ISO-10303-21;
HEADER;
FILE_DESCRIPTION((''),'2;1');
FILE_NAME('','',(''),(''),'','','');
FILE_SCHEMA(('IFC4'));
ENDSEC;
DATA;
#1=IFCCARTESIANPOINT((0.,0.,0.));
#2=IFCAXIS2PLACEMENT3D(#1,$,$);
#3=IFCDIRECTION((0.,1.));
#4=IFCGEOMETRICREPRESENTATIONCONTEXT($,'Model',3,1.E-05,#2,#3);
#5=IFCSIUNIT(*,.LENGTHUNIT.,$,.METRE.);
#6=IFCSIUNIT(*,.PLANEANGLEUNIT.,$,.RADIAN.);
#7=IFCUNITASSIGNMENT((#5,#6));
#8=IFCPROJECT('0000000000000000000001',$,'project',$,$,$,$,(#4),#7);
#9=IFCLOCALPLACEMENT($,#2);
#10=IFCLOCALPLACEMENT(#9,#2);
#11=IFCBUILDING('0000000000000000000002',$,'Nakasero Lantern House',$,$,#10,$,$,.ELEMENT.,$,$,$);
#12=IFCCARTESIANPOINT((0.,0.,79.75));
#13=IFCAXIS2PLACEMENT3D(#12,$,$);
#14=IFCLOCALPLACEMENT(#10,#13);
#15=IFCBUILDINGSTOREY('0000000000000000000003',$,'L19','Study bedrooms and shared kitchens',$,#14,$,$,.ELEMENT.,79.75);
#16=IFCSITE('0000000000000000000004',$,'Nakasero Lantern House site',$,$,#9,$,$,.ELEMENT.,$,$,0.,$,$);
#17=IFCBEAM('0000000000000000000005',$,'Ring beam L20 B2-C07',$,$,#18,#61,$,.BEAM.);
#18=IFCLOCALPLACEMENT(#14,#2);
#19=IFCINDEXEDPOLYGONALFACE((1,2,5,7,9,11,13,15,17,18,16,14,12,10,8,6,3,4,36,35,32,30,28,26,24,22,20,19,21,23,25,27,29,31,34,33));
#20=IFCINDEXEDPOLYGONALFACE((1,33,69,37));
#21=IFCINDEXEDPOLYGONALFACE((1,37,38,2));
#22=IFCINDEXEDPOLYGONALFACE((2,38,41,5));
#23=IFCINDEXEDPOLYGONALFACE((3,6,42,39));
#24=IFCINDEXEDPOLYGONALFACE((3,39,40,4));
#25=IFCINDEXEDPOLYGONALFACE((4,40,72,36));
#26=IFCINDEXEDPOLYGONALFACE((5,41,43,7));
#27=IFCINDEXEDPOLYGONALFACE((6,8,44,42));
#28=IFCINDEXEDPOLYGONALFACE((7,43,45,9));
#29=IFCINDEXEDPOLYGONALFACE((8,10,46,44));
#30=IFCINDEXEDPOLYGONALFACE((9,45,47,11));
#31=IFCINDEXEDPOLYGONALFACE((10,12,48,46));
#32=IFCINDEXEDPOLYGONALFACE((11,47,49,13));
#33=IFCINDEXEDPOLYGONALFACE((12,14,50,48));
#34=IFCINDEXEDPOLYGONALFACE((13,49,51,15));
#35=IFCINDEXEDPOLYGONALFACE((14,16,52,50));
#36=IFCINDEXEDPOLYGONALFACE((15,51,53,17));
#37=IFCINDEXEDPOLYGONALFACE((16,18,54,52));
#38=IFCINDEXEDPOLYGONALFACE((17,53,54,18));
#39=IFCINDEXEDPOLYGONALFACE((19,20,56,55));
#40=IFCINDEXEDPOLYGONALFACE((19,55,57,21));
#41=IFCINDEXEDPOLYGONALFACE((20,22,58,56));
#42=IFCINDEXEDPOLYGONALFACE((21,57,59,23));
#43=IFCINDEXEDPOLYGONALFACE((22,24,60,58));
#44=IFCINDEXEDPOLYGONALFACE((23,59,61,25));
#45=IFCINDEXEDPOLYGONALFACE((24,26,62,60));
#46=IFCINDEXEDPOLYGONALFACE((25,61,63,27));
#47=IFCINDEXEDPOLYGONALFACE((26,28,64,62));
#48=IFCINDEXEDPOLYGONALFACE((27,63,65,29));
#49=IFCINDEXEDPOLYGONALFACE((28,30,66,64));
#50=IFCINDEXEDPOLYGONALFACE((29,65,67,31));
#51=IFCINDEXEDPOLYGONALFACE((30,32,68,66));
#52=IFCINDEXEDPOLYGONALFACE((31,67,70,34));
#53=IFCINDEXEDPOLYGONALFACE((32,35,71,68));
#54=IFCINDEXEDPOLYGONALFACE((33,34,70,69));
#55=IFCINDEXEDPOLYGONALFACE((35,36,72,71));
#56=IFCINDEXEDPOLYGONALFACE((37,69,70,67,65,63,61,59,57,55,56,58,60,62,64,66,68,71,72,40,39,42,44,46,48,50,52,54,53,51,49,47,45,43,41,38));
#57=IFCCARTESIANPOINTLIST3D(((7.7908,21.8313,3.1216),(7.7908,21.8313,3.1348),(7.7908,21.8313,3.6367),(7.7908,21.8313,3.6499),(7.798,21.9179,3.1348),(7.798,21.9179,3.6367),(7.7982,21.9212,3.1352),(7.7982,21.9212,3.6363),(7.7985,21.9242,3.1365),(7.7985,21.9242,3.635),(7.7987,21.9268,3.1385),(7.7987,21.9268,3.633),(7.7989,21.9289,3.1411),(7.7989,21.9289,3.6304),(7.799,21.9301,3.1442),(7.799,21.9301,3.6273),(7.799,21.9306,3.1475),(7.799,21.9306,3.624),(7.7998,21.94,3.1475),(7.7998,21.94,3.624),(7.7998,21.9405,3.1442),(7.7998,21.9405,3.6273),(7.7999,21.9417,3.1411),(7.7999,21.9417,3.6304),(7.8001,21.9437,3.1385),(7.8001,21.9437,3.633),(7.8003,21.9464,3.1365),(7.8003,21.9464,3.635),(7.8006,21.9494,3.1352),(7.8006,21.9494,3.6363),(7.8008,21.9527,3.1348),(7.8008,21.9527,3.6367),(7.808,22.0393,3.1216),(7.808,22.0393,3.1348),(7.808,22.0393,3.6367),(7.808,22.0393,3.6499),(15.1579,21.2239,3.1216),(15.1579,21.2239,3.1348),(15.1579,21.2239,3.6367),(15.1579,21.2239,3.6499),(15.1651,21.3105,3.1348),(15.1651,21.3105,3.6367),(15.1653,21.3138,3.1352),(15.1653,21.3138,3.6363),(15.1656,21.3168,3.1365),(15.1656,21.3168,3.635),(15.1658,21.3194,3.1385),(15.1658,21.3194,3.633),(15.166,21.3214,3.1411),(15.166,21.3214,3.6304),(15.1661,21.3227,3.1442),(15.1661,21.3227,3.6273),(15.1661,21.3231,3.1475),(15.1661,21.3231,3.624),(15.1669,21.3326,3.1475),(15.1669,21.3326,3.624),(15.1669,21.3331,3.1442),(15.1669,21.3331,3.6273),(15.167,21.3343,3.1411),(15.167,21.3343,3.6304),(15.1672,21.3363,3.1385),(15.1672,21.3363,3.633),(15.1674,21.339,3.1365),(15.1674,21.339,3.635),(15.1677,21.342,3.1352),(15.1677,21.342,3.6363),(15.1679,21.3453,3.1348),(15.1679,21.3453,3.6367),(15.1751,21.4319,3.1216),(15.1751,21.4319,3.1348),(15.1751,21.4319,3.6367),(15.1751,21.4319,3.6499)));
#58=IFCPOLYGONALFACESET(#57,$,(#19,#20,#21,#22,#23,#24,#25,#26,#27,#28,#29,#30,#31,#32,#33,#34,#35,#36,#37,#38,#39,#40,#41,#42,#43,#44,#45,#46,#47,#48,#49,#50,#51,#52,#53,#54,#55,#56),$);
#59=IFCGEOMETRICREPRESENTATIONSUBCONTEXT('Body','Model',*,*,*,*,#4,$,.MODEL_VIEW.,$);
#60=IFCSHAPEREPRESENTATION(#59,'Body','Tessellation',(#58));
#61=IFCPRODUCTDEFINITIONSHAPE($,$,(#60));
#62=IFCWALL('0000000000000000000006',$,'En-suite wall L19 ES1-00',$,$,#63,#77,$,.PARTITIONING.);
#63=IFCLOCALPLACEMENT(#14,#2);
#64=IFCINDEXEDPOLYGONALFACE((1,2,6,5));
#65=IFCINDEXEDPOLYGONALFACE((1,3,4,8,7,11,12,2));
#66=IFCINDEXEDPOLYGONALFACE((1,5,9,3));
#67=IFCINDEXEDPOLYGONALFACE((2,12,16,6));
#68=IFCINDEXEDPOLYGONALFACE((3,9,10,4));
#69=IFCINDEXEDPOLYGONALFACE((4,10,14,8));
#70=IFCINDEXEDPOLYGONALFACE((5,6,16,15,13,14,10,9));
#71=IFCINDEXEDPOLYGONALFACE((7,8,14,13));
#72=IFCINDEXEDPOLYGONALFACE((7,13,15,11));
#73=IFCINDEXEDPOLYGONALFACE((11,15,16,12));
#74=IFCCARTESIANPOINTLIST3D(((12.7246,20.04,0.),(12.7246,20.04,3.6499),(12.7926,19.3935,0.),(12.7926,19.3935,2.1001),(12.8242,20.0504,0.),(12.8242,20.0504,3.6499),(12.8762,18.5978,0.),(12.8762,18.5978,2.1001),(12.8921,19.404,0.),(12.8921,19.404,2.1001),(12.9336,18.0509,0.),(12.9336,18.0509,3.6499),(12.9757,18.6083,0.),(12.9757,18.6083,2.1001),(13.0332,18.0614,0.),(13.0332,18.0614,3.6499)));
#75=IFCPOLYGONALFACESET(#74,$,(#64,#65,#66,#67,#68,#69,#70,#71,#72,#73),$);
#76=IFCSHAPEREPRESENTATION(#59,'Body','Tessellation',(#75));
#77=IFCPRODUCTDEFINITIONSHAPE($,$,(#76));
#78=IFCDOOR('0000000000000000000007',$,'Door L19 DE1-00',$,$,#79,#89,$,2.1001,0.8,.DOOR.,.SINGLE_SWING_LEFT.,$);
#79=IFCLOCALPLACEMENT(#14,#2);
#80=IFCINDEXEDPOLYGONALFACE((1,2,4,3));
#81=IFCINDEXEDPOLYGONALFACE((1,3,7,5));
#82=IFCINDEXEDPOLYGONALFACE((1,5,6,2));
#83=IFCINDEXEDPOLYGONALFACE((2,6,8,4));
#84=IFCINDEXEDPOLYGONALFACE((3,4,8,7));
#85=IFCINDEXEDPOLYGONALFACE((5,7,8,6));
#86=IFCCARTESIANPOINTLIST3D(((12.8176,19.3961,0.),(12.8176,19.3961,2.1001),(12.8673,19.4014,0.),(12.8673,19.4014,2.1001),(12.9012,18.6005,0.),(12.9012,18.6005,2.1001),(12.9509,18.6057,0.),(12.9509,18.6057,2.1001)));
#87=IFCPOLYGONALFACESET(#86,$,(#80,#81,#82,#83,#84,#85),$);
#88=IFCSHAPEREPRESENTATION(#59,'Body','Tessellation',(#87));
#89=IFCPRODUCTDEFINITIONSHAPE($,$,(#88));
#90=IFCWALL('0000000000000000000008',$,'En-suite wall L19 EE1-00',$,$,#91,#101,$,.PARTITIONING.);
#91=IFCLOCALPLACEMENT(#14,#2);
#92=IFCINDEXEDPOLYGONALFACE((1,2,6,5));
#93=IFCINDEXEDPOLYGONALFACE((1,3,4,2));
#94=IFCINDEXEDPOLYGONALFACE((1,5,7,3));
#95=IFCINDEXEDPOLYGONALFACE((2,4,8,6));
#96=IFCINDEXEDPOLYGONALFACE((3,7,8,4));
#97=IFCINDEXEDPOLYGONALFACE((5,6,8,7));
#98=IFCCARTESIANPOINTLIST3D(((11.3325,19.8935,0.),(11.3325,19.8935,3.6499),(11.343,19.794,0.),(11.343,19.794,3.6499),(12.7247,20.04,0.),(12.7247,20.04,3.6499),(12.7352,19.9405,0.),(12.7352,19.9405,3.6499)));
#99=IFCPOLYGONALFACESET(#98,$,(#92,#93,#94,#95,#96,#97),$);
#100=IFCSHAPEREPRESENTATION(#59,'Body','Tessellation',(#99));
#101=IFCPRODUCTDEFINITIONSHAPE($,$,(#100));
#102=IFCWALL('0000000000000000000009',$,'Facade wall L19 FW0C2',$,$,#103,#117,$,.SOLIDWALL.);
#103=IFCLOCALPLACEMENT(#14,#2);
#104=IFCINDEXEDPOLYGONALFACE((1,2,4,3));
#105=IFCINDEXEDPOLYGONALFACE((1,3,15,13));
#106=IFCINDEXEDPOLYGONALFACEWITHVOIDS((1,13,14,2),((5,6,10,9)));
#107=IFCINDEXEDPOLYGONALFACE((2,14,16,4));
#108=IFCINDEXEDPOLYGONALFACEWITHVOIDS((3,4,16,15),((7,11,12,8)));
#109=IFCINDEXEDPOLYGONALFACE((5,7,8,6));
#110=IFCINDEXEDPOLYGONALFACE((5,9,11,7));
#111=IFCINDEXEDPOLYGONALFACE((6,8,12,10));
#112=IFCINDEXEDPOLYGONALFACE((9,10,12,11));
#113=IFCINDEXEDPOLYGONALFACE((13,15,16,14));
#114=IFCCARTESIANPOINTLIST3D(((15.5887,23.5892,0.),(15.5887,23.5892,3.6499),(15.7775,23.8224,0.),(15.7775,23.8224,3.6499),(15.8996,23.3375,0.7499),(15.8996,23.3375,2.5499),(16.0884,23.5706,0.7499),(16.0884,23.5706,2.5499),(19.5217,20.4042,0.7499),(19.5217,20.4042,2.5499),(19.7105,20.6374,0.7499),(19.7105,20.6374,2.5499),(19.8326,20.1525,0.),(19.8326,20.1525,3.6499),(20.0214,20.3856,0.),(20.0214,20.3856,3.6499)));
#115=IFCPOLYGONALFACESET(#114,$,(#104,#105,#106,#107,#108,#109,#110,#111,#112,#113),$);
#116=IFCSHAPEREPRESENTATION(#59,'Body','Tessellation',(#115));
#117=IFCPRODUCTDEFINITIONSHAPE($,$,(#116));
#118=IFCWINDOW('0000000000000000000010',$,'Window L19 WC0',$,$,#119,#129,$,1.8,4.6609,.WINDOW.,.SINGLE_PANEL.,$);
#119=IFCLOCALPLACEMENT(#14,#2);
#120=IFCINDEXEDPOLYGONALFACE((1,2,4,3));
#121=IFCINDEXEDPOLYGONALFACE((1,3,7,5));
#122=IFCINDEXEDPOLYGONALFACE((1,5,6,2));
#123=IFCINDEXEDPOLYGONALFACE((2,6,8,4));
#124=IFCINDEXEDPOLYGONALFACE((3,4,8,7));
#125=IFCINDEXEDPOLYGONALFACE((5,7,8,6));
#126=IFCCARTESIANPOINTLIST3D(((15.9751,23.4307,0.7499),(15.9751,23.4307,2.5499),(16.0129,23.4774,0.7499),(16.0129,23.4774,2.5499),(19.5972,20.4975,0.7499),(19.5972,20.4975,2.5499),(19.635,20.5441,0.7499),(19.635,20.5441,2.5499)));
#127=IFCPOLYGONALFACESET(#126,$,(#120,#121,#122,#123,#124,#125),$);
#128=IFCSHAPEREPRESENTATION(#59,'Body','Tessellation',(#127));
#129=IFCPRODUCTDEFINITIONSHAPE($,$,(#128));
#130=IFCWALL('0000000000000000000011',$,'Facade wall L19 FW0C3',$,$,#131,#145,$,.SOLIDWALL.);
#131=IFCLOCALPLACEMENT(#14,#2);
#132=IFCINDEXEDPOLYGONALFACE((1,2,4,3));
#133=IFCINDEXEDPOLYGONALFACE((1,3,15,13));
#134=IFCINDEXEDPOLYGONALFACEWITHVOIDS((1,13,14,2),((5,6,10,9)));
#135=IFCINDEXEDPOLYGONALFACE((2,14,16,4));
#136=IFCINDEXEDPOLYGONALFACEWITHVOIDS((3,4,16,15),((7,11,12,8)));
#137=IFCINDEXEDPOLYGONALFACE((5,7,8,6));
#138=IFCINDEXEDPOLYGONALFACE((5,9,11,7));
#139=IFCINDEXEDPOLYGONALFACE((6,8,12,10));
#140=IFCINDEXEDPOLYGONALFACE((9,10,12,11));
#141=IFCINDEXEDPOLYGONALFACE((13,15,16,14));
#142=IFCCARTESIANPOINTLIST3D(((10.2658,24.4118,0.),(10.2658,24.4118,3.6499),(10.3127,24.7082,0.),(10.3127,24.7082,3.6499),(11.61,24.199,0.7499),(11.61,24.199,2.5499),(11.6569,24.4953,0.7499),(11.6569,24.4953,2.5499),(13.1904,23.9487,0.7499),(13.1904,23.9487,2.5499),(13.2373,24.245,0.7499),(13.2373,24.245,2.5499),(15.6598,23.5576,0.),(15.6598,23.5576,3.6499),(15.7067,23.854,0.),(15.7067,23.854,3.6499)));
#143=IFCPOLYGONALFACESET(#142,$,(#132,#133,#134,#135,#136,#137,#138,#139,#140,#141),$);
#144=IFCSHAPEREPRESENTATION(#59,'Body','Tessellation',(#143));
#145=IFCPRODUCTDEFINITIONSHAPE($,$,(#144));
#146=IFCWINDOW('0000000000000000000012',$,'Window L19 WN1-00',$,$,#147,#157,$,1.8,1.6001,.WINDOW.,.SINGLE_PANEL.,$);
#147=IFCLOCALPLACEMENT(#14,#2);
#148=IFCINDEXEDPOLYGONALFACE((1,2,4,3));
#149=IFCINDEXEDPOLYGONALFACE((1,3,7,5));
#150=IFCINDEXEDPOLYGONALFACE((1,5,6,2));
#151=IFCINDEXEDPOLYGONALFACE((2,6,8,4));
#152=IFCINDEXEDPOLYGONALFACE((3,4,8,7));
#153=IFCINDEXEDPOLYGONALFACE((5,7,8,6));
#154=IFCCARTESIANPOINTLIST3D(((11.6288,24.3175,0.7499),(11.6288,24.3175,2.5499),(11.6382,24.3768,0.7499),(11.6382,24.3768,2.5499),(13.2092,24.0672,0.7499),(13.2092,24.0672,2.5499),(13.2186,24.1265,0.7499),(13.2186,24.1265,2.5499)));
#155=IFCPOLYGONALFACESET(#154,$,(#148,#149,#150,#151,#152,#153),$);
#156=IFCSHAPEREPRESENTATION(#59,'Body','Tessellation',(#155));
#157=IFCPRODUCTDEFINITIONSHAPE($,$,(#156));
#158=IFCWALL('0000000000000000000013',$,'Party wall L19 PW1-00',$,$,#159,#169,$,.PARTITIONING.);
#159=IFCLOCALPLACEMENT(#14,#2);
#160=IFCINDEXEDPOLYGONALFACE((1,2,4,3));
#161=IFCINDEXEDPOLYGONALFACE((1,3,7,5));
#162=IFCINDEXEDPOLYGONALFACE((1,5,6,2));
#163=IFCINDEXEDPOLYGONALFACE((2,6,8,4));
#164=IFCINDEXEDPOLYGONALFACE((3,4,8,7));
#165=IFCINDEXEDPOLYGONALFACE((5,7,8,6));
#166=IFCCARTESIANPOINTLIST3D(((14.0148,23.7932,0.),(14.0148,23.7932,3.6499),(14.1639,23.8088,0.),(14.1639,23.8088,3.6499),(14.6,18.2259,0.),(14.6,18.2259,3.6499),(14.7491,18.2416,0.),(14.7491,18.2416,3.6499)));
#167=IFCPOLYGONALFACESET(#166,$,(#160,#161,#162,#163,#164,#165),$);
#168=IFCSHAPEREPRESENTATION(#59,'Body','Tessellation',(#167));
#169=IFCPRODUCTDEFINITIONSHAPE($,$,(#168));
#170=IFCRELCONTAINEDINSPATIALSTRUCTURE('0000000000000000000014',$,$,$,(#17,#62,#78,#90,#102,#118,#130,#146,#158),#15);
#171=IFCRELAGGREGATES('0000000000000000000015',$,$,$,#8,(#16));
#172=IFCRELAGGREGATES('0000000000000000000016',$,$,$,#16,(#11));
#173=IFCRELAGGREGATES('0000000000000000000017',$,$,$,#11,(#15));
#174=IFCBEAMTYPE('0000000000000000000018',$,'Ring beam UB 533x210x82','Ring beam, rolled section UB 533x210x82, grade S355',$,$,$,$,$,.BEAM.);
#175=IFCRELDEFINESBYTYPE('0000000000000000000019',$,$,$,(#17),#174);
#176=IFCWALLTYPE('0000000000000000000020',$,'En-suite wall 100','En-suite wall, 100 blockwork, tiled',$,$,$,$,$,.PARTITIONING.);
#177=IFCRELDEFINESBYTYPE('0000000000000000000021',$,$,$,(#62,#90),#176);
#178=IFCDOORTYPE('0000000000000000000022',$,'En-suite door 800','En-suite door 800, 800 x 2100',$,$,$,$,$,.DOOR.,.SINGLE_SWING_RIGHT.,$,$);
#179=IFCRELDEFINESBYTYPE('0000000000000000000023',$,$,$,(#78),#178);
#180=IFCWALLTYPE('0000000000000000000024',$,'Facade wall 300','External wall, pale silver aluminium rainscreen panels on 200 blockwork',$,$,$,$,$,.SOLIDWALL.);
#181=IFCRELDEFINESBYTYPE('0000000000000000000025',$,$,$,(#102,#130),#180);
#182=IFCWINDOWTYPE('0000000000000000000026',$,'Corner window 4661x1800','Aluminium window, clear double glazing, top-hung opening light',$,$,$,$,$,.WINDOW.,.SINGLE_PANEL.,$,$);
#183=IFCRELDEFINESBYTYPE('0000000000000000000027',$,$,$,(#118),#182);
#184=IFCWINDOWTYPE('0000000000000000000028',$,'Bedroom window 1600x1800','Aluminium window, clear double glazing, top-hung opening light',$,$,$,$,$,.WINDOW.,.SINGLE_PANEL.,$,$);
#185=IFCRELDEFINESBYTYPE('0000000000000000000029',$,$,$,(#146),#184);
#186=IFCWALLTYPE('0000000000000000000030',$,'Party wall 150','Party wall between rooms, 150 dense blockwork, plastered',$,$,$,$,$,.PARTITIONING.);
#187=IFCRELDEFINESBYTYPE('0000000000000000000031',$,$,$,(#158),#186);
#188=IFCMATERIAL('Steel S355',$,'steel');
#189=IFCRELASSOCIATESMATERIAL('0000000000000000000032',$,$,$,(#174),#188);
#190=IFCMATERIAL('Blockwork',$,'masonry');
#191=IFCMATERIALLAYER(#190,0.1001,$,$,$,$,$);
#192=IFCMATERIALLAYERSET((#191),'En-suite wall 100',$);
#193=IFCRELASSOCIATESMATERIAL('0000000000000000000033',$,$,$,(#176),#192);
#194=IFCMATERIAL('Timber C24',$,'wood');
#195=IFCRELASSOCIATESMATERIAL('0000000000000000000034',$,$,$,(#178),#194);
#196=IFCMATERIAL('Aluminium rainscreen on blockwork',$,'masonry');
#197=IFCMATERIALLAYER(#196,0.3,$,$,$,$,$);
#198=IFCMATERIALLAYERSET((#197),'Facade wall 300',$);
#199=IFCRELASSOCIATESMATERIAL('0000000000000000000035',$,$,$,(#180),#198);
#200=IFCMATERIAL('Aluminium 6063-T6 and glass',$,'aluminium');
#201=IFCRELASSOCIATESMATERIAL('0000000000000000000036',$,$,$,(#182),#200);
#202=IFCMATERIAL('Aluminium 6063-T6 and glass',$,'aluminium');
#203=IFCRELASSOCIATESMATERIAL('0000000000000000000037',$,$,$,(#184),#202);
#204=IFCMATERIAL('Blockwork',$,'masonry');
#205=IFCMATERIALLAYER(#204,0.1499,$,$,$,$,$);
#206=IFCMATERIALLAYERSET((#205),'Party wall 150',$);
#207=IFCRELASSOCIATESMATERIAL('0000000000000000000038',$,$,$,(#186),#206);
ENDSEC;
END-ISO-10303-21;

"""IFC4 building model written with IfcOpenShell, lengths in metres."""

from ifc_helpers import new_model, si_unit, direction, frame, frame_2d, origin, origin_2d, place, context, subcontext, project, spatial, rectangle, i_section, extrude, material, layer, layer_set, material_profile, profile_set, type_object, element, fill, save


model = new_model("IFC4")

# Units and contexts
model_context = context("Model", 3, precision=1e-05, world=origin(), true_north=direction((0.0, 1.0)))
body_context = subcontext(model_context, "Body", "Model", "MODEL_VIEW")
ifc_project = project(units=[si_unit("LENGTHUNIT", "METRE"), si_unit("PLANEANGLEUNIT", "RADIAN")], contexts=[model_context])

# Site, building, storey
site_placement = place(None, origin())
site = spatial("IfcSite", under=ifc_project, at=site_placement, Name="Nakasero Lantern House site", CompositionType="ELEMENT", RefElevation=0.0)
building_placement = place(site_placement, origin())
building = spatial("IfcBuilding", under=site, at=building_placement, Name="Nakasero Lantern House", CompositionType="ELEMENT")
storey_placement = place(building_placement, frame((0.0, 0.0, 79.75)))
storey = spatial("IfcBuildingStorey", under=building, at=storey_placement, Name="L19", Description="Study bedrooms and shared kitchens", CompositionType="ELEMENT", Elevation=79.75)

# Beam
ifc_material_1 = material(Name="Steel S355", Category="steel")
ifc_material_profile_1 = material_profile(ifc_material_1, i_section(OverallWidth=0.2087, OverallDepth=0.5283, WebThickness=0.0095, FlangeThickness=0.0132, FilletRadius=0.0127, at=origin_2d()), Name="UB 533x210x82")
ifc_profile_set_1 = profile_set([ifc_material_profile_1], Name="Steel S355")
beam_type_1 = type_object("IfcBeamType", Name="Ring beam UB 533x210x82", Description="Ring beam, rolled section UB 533x210x82, grade S355", PredefinedType="BEAM", material=ifc_profile_set_1)
beam_1_placement = place(storey_placement, frame((15.1665, 21.3279, 3.3857), z_axis=(-0.996618, 0.082171, 0.0), x_axis=(-0.082171, -0.996618, 0.0)))
element("IfcBeam", 1, at=beam_1_placement, inside=storey, type_object=beam_type_1, Name="Ring beam L20 B2-C07", PredefinedType="BEAM", context=body_context, shape_type="SweptSolid", body=[
    extrude(i_section(OverallWidth=0.2087, OverallDepth=0.5283, WebThickness=0.0095, FlangeThickness=0.0132, FilletRadius=0.0127, at=origin_2d()), origin(), (0.0, 0.0, 1.0), 7.3921),
])

# Wall, opening, door
ifc_material_2 = material(Name="Blockwork", Category="masonry")
ifc_layer_1 = layer(ifc_material_2, 0.1001)
ifc_layer_set_1 = layer_set([ifc_layer_1], Name="En-suite wall 100")
wall_type_1 = type_object("IfcWallType", Name="En-suite wall 100", Description="En-suite wall, 100 blockwork, tiled", PredefinedType="PARTITIONING", material=ifc_layer_set_1)
wall_1_placement = place(storey_placement, frame((12.9834, 18.0562, 0.0), z_axis=(0.0, 0.0, 1.0), x_axis=(-0.104494, 0.994526, 0.0)))
wall_1 = element("IfcWall", 2, at=wall_1_placement, inside=storey, type_object=wall_type_1, Name="En-suite wall L19 ES1-00", PredefinedType="PARTITIONING", context=body_context, shape_type="SweptSolid", body=[
    extrude(rectangle(XDim=2.0, YDim=0.1001, at=frame_2d((1.0, 0.0))), origin(), (0.0, 0.0, 1.0), 3.6499),
])
opening_1_placement = place(wall_1_placement, frame((0.55, 0.0, 0.0)))
opening_1 = element("IfcOpeningElement", 3, at=opening_1_placement, cuts=wall_1, PredefinedType="OPENING", context=body_context, shape_type="SweptSolid", body=[
    extrude(rectangle(XDim=0.8, YDim=2.1001, at=frame_2d((0.3999, 1.05))), frame((0.0, 0.0701, 0.0), z_axis=(0.0, -1.0, 0.0), x_axis=(1.0, 0.0, 0.0)), (0.0, 0.0, 1.0), 0.1401),
])
ifc_material_3 = material(Name="Timber C24", Category="wood")
door_type_1 = type_object("IfcDoorType", Name="En-suite door 800", Description="En-suite door 800, 800 x 2100", OperationType="SINGLE_SWING_RIGHT", PredefinedType="DOOR", material=ifc_material_3)
door_1_placement = place(opening_1_placement, origin())
door_1 = element("IfcDoor", 4, at=door_1_placement, inside=storey, type_object=door_type_1, Name="Door L19 DE1-00", OperationType="SINGLE_SWING_LEFT", OverallHeight=2.1001, OverallWidth=0.8, PredefinedType="DOOR", context=body_context, shape_type="SweptSolid", body=[
    extrude(rectangle(XDim=0.8, YDim=2.1001, at=frame_2d((0.3999, 1.05))), frame((0.0, 0.0249, 0.0), z_axis=(0.0, -1.0, 0.0), x_axis=(1.0, 0.0, 0.0)), (0.0, 0.0, 1.0), 0.05),
])
fill(opening_1, door_1)

# Wall
wall_2_placement = place(storey_placement, frame((12.73, 19.9902, 0.0), z_axis=(0.0, 0.0, 1.0), x_axis=(-0.994511, -0.10463, 0.0)))
element("IfcWall", 5, at=wall_2_placement, inside=storey, type_object=wall_type_1, Name="En-suite wall L19 EE1-00", PredefinedType="PARTITIONING", context=body_context, shape_type="SweptSolid", body=[
    extrude(rectangle(XDim=1.3999, YDim=0.1001, at=frame_2d((0.7, 0.0))), origin(), (0.0, 0.0, 1.0), 3.6499),
])

# Walls, openings, windows
ifc_material_4 = material(Name="Aluminium rainscreen on blockwork", Category="masonry")
ifc_layer_2 = layer(ifc_material_4, 0.3)
ifc_layer_set_2 = layer_set([ifc_layer_2], Name="Facade wall 300")
wall_type_2 = type_object("IfcWallType", Name="Facade wall 300", Description="External wall, pale silver aluminium rainscreen panels on 200 blockwork", PredefinedType="SOLIDWALL", material=ifc_layer_set_2)
wall_3_placement = place(storey_placement, frame((19.927, 20.269, 0.0), z_axis=(0.0, 0.0, 1.0), x_axis=(-0.777135, 0.629335, 0.0)))
wall_3 = element("IfcWall", 6, at=wall_3_placement, inside=storey, type_object=wall_type_2, Name="Facade wall L19 FW0C2", PredefinedType="SOLIDWALL", context=body_context, shape_type="SweptSolid", body=[
    extrude(rectangle(XDim=5.4609, YDim=0.3, at=frame_2d((2.7305, 0.0))), origin(), (0.0, 0.0, 1.0), 3.6499),
])
opening_2_placement = place(wall_3_placement, frame((0.3999, 0.0, 0.75)))
opening_2 = element("IfcOpeningElement", 7, at=opening_2_placement, cuts=wall_3, PredefinedType="OPENING", context=body_context, shape_type="SweptSolid", body=[
    extrude(rectangle(XDim=4.6609, YDim=1.8, at=frame_2d((2.3306, 0.8999))), frame((0.0, 0.1699, 0.0), z_axis=(0.0, -1.0, 0.0), x_axis=(1.0, 0.0, 0.0)), (0.0, 0.0, 1.0), 0.3401),
])
ifc_material_5 = material(Name="Aluminium 6063-T6 and glass", Category="aluminium")
window_type_1 = type_object("IfcWindowType", Name="Corner window 4661x1800", Description="Aluminium window, clear double glazing, top-hung opening light", PartitioningType="SINGLE_PANEL", PredefinedType="WINDOW", material=ifc_material_5)
window_1_placement = place(opening_2_placement, origin())
window_1 = element("IfcWindow", 8, at=window_1_placement, inside=storey, type_object=window_type_1, Name="Window L19 WC0", OverallHeight=1.8, OverallWidth=4.6609, PartitioningType="SINGLE_PANEL", PredefinedType="WINDOW", context=body_context, shape_type="SweptSolid", body=[
    extrude(rectangle(XDim=4.6609, YDim=1.8, at=frame_2d((2.3306, 0.8999))), frame((0.0, 0.03, 0.0), z_axis=(0.0, -1.0, 0.0), x_axis=(1.0, 0.0, 0.0)), (0.0, 0.0, 1.0), 0.0601),
])
fill(opening_2, window_1)
wall_4_placement = place(storey_placement, frame((15.6831, 23.7058, 0.0), z_axis=(0.0, 0.0, 1.0), x_axis=(-0.987691, 0.156419, 0.0)))
wall_4 = element("IfcWall", 9, at=wall_4_placement, inside=storey, type_object=wall_type_2, Name="Facade wall L19 FW0C3", PredefinedType="SOLIDWALL", context=body_context, shape_type="SweptSolid", body=[
    extrude(rectangle(XDim=5.4612, YDim=0.3, at=frame_2d((2.7305, 0.0))), origin(), (0.0, 0.0, 1.0), 3.6499),
])
opening_3_placement = place(wall_4_placement, frame((2.5, 0.0, 0.75)))
opening_3 = element("IfcOpeningElement", 10, at=opening_3_placement, cuts=wall_4, PredefinedType="OPENING", context=body_context, shape_type="SweptSolid", body=[
    extrude(rectangle(XDim=1.6001, YDim=1.8, at=frame_2d((0.8, 0.8999))), frame((0.0, 0.1699, 0.0), z_axis=(0.0, -1.0, 0.0), x_axis=(1.0, 0.0, 0.0)), (0.0, 0.0, 1.0), 0.3401),
])
ifc_material_6 = material(Name="Aluminium 6063-T6 and glass", Category="aluminium")
window_type_2 = type_object("IfcWindowType", Name="Bedroom window 1600x1800", Description="Aluminium window, clear double glazing, top-hung opening light", PartitioningType="SINGLE_PANEL", PredefinedType="WINDOW", material=ifc_material_6)
window_2_placement = place(opening_3_placement, origin())
window_2 = element("IfcWindow", 11, at=window_2_placement, inside=storey, type_object=window_type_2, Name="Window L19 WN1-00", OverallHeight=1.8, OverallWidth=1.6001, PartitioningType="SINGLE_PANEL", PredefinedType="WINDOW", context=body_context, shape_type="SweptSolid", body=[
    extrude(rectangle(XDim=1.6001, YDim=1.8, at=frame_2d((0.8, 0.8999))), frame((0.0, 0.03, 0.0), z_axis=(0.0, -1.0, 0.0), x_axis=(1.0, 0.0, 0.0)), (0.0, 0.0, 1.0), 0.0601),
])
fill(opening_3, window_2)

# Wall
ifc_material_7 = material(Name="Blockwork", Category="masonry")
ifc_layer_3 = layer(ifc_material_7, 0.1499)
ifc_layer_set_3 = layer_set([ifc_layer_3], Name="Party wall 150")
wall_type_3 = type_object("IfcWallType", Name="Party wall 150", Description="Party wall between rooms, 150 dense blockwork, plastered", PredefinedType="PARTITIONING", material=ifc_layer_set_3)
wall_5_placement = place(storey_placement, frame((14.6746, 18.2339, 0.0), z_axis=(0.0, 0.0, 1.0), x_axis=(-0.104542, 0.99452, 0.0)))
element("IfcWall", 12, at=wall_5_placement, inside=storey, type_object=wall_type_3, Name="Party wall L19 PW1-00", PredefinedType="PARTITIONING", context=body_context, shape_type="SweptSolid", body=[
    extrude(rectangle(XDim=5.5979, YDim=0.1499, at=frame_2d((2.7988, 0.0))), origin(), (0.0, 0.0, 1.0), 3.6499),
])

save(model, "model.ifc")
